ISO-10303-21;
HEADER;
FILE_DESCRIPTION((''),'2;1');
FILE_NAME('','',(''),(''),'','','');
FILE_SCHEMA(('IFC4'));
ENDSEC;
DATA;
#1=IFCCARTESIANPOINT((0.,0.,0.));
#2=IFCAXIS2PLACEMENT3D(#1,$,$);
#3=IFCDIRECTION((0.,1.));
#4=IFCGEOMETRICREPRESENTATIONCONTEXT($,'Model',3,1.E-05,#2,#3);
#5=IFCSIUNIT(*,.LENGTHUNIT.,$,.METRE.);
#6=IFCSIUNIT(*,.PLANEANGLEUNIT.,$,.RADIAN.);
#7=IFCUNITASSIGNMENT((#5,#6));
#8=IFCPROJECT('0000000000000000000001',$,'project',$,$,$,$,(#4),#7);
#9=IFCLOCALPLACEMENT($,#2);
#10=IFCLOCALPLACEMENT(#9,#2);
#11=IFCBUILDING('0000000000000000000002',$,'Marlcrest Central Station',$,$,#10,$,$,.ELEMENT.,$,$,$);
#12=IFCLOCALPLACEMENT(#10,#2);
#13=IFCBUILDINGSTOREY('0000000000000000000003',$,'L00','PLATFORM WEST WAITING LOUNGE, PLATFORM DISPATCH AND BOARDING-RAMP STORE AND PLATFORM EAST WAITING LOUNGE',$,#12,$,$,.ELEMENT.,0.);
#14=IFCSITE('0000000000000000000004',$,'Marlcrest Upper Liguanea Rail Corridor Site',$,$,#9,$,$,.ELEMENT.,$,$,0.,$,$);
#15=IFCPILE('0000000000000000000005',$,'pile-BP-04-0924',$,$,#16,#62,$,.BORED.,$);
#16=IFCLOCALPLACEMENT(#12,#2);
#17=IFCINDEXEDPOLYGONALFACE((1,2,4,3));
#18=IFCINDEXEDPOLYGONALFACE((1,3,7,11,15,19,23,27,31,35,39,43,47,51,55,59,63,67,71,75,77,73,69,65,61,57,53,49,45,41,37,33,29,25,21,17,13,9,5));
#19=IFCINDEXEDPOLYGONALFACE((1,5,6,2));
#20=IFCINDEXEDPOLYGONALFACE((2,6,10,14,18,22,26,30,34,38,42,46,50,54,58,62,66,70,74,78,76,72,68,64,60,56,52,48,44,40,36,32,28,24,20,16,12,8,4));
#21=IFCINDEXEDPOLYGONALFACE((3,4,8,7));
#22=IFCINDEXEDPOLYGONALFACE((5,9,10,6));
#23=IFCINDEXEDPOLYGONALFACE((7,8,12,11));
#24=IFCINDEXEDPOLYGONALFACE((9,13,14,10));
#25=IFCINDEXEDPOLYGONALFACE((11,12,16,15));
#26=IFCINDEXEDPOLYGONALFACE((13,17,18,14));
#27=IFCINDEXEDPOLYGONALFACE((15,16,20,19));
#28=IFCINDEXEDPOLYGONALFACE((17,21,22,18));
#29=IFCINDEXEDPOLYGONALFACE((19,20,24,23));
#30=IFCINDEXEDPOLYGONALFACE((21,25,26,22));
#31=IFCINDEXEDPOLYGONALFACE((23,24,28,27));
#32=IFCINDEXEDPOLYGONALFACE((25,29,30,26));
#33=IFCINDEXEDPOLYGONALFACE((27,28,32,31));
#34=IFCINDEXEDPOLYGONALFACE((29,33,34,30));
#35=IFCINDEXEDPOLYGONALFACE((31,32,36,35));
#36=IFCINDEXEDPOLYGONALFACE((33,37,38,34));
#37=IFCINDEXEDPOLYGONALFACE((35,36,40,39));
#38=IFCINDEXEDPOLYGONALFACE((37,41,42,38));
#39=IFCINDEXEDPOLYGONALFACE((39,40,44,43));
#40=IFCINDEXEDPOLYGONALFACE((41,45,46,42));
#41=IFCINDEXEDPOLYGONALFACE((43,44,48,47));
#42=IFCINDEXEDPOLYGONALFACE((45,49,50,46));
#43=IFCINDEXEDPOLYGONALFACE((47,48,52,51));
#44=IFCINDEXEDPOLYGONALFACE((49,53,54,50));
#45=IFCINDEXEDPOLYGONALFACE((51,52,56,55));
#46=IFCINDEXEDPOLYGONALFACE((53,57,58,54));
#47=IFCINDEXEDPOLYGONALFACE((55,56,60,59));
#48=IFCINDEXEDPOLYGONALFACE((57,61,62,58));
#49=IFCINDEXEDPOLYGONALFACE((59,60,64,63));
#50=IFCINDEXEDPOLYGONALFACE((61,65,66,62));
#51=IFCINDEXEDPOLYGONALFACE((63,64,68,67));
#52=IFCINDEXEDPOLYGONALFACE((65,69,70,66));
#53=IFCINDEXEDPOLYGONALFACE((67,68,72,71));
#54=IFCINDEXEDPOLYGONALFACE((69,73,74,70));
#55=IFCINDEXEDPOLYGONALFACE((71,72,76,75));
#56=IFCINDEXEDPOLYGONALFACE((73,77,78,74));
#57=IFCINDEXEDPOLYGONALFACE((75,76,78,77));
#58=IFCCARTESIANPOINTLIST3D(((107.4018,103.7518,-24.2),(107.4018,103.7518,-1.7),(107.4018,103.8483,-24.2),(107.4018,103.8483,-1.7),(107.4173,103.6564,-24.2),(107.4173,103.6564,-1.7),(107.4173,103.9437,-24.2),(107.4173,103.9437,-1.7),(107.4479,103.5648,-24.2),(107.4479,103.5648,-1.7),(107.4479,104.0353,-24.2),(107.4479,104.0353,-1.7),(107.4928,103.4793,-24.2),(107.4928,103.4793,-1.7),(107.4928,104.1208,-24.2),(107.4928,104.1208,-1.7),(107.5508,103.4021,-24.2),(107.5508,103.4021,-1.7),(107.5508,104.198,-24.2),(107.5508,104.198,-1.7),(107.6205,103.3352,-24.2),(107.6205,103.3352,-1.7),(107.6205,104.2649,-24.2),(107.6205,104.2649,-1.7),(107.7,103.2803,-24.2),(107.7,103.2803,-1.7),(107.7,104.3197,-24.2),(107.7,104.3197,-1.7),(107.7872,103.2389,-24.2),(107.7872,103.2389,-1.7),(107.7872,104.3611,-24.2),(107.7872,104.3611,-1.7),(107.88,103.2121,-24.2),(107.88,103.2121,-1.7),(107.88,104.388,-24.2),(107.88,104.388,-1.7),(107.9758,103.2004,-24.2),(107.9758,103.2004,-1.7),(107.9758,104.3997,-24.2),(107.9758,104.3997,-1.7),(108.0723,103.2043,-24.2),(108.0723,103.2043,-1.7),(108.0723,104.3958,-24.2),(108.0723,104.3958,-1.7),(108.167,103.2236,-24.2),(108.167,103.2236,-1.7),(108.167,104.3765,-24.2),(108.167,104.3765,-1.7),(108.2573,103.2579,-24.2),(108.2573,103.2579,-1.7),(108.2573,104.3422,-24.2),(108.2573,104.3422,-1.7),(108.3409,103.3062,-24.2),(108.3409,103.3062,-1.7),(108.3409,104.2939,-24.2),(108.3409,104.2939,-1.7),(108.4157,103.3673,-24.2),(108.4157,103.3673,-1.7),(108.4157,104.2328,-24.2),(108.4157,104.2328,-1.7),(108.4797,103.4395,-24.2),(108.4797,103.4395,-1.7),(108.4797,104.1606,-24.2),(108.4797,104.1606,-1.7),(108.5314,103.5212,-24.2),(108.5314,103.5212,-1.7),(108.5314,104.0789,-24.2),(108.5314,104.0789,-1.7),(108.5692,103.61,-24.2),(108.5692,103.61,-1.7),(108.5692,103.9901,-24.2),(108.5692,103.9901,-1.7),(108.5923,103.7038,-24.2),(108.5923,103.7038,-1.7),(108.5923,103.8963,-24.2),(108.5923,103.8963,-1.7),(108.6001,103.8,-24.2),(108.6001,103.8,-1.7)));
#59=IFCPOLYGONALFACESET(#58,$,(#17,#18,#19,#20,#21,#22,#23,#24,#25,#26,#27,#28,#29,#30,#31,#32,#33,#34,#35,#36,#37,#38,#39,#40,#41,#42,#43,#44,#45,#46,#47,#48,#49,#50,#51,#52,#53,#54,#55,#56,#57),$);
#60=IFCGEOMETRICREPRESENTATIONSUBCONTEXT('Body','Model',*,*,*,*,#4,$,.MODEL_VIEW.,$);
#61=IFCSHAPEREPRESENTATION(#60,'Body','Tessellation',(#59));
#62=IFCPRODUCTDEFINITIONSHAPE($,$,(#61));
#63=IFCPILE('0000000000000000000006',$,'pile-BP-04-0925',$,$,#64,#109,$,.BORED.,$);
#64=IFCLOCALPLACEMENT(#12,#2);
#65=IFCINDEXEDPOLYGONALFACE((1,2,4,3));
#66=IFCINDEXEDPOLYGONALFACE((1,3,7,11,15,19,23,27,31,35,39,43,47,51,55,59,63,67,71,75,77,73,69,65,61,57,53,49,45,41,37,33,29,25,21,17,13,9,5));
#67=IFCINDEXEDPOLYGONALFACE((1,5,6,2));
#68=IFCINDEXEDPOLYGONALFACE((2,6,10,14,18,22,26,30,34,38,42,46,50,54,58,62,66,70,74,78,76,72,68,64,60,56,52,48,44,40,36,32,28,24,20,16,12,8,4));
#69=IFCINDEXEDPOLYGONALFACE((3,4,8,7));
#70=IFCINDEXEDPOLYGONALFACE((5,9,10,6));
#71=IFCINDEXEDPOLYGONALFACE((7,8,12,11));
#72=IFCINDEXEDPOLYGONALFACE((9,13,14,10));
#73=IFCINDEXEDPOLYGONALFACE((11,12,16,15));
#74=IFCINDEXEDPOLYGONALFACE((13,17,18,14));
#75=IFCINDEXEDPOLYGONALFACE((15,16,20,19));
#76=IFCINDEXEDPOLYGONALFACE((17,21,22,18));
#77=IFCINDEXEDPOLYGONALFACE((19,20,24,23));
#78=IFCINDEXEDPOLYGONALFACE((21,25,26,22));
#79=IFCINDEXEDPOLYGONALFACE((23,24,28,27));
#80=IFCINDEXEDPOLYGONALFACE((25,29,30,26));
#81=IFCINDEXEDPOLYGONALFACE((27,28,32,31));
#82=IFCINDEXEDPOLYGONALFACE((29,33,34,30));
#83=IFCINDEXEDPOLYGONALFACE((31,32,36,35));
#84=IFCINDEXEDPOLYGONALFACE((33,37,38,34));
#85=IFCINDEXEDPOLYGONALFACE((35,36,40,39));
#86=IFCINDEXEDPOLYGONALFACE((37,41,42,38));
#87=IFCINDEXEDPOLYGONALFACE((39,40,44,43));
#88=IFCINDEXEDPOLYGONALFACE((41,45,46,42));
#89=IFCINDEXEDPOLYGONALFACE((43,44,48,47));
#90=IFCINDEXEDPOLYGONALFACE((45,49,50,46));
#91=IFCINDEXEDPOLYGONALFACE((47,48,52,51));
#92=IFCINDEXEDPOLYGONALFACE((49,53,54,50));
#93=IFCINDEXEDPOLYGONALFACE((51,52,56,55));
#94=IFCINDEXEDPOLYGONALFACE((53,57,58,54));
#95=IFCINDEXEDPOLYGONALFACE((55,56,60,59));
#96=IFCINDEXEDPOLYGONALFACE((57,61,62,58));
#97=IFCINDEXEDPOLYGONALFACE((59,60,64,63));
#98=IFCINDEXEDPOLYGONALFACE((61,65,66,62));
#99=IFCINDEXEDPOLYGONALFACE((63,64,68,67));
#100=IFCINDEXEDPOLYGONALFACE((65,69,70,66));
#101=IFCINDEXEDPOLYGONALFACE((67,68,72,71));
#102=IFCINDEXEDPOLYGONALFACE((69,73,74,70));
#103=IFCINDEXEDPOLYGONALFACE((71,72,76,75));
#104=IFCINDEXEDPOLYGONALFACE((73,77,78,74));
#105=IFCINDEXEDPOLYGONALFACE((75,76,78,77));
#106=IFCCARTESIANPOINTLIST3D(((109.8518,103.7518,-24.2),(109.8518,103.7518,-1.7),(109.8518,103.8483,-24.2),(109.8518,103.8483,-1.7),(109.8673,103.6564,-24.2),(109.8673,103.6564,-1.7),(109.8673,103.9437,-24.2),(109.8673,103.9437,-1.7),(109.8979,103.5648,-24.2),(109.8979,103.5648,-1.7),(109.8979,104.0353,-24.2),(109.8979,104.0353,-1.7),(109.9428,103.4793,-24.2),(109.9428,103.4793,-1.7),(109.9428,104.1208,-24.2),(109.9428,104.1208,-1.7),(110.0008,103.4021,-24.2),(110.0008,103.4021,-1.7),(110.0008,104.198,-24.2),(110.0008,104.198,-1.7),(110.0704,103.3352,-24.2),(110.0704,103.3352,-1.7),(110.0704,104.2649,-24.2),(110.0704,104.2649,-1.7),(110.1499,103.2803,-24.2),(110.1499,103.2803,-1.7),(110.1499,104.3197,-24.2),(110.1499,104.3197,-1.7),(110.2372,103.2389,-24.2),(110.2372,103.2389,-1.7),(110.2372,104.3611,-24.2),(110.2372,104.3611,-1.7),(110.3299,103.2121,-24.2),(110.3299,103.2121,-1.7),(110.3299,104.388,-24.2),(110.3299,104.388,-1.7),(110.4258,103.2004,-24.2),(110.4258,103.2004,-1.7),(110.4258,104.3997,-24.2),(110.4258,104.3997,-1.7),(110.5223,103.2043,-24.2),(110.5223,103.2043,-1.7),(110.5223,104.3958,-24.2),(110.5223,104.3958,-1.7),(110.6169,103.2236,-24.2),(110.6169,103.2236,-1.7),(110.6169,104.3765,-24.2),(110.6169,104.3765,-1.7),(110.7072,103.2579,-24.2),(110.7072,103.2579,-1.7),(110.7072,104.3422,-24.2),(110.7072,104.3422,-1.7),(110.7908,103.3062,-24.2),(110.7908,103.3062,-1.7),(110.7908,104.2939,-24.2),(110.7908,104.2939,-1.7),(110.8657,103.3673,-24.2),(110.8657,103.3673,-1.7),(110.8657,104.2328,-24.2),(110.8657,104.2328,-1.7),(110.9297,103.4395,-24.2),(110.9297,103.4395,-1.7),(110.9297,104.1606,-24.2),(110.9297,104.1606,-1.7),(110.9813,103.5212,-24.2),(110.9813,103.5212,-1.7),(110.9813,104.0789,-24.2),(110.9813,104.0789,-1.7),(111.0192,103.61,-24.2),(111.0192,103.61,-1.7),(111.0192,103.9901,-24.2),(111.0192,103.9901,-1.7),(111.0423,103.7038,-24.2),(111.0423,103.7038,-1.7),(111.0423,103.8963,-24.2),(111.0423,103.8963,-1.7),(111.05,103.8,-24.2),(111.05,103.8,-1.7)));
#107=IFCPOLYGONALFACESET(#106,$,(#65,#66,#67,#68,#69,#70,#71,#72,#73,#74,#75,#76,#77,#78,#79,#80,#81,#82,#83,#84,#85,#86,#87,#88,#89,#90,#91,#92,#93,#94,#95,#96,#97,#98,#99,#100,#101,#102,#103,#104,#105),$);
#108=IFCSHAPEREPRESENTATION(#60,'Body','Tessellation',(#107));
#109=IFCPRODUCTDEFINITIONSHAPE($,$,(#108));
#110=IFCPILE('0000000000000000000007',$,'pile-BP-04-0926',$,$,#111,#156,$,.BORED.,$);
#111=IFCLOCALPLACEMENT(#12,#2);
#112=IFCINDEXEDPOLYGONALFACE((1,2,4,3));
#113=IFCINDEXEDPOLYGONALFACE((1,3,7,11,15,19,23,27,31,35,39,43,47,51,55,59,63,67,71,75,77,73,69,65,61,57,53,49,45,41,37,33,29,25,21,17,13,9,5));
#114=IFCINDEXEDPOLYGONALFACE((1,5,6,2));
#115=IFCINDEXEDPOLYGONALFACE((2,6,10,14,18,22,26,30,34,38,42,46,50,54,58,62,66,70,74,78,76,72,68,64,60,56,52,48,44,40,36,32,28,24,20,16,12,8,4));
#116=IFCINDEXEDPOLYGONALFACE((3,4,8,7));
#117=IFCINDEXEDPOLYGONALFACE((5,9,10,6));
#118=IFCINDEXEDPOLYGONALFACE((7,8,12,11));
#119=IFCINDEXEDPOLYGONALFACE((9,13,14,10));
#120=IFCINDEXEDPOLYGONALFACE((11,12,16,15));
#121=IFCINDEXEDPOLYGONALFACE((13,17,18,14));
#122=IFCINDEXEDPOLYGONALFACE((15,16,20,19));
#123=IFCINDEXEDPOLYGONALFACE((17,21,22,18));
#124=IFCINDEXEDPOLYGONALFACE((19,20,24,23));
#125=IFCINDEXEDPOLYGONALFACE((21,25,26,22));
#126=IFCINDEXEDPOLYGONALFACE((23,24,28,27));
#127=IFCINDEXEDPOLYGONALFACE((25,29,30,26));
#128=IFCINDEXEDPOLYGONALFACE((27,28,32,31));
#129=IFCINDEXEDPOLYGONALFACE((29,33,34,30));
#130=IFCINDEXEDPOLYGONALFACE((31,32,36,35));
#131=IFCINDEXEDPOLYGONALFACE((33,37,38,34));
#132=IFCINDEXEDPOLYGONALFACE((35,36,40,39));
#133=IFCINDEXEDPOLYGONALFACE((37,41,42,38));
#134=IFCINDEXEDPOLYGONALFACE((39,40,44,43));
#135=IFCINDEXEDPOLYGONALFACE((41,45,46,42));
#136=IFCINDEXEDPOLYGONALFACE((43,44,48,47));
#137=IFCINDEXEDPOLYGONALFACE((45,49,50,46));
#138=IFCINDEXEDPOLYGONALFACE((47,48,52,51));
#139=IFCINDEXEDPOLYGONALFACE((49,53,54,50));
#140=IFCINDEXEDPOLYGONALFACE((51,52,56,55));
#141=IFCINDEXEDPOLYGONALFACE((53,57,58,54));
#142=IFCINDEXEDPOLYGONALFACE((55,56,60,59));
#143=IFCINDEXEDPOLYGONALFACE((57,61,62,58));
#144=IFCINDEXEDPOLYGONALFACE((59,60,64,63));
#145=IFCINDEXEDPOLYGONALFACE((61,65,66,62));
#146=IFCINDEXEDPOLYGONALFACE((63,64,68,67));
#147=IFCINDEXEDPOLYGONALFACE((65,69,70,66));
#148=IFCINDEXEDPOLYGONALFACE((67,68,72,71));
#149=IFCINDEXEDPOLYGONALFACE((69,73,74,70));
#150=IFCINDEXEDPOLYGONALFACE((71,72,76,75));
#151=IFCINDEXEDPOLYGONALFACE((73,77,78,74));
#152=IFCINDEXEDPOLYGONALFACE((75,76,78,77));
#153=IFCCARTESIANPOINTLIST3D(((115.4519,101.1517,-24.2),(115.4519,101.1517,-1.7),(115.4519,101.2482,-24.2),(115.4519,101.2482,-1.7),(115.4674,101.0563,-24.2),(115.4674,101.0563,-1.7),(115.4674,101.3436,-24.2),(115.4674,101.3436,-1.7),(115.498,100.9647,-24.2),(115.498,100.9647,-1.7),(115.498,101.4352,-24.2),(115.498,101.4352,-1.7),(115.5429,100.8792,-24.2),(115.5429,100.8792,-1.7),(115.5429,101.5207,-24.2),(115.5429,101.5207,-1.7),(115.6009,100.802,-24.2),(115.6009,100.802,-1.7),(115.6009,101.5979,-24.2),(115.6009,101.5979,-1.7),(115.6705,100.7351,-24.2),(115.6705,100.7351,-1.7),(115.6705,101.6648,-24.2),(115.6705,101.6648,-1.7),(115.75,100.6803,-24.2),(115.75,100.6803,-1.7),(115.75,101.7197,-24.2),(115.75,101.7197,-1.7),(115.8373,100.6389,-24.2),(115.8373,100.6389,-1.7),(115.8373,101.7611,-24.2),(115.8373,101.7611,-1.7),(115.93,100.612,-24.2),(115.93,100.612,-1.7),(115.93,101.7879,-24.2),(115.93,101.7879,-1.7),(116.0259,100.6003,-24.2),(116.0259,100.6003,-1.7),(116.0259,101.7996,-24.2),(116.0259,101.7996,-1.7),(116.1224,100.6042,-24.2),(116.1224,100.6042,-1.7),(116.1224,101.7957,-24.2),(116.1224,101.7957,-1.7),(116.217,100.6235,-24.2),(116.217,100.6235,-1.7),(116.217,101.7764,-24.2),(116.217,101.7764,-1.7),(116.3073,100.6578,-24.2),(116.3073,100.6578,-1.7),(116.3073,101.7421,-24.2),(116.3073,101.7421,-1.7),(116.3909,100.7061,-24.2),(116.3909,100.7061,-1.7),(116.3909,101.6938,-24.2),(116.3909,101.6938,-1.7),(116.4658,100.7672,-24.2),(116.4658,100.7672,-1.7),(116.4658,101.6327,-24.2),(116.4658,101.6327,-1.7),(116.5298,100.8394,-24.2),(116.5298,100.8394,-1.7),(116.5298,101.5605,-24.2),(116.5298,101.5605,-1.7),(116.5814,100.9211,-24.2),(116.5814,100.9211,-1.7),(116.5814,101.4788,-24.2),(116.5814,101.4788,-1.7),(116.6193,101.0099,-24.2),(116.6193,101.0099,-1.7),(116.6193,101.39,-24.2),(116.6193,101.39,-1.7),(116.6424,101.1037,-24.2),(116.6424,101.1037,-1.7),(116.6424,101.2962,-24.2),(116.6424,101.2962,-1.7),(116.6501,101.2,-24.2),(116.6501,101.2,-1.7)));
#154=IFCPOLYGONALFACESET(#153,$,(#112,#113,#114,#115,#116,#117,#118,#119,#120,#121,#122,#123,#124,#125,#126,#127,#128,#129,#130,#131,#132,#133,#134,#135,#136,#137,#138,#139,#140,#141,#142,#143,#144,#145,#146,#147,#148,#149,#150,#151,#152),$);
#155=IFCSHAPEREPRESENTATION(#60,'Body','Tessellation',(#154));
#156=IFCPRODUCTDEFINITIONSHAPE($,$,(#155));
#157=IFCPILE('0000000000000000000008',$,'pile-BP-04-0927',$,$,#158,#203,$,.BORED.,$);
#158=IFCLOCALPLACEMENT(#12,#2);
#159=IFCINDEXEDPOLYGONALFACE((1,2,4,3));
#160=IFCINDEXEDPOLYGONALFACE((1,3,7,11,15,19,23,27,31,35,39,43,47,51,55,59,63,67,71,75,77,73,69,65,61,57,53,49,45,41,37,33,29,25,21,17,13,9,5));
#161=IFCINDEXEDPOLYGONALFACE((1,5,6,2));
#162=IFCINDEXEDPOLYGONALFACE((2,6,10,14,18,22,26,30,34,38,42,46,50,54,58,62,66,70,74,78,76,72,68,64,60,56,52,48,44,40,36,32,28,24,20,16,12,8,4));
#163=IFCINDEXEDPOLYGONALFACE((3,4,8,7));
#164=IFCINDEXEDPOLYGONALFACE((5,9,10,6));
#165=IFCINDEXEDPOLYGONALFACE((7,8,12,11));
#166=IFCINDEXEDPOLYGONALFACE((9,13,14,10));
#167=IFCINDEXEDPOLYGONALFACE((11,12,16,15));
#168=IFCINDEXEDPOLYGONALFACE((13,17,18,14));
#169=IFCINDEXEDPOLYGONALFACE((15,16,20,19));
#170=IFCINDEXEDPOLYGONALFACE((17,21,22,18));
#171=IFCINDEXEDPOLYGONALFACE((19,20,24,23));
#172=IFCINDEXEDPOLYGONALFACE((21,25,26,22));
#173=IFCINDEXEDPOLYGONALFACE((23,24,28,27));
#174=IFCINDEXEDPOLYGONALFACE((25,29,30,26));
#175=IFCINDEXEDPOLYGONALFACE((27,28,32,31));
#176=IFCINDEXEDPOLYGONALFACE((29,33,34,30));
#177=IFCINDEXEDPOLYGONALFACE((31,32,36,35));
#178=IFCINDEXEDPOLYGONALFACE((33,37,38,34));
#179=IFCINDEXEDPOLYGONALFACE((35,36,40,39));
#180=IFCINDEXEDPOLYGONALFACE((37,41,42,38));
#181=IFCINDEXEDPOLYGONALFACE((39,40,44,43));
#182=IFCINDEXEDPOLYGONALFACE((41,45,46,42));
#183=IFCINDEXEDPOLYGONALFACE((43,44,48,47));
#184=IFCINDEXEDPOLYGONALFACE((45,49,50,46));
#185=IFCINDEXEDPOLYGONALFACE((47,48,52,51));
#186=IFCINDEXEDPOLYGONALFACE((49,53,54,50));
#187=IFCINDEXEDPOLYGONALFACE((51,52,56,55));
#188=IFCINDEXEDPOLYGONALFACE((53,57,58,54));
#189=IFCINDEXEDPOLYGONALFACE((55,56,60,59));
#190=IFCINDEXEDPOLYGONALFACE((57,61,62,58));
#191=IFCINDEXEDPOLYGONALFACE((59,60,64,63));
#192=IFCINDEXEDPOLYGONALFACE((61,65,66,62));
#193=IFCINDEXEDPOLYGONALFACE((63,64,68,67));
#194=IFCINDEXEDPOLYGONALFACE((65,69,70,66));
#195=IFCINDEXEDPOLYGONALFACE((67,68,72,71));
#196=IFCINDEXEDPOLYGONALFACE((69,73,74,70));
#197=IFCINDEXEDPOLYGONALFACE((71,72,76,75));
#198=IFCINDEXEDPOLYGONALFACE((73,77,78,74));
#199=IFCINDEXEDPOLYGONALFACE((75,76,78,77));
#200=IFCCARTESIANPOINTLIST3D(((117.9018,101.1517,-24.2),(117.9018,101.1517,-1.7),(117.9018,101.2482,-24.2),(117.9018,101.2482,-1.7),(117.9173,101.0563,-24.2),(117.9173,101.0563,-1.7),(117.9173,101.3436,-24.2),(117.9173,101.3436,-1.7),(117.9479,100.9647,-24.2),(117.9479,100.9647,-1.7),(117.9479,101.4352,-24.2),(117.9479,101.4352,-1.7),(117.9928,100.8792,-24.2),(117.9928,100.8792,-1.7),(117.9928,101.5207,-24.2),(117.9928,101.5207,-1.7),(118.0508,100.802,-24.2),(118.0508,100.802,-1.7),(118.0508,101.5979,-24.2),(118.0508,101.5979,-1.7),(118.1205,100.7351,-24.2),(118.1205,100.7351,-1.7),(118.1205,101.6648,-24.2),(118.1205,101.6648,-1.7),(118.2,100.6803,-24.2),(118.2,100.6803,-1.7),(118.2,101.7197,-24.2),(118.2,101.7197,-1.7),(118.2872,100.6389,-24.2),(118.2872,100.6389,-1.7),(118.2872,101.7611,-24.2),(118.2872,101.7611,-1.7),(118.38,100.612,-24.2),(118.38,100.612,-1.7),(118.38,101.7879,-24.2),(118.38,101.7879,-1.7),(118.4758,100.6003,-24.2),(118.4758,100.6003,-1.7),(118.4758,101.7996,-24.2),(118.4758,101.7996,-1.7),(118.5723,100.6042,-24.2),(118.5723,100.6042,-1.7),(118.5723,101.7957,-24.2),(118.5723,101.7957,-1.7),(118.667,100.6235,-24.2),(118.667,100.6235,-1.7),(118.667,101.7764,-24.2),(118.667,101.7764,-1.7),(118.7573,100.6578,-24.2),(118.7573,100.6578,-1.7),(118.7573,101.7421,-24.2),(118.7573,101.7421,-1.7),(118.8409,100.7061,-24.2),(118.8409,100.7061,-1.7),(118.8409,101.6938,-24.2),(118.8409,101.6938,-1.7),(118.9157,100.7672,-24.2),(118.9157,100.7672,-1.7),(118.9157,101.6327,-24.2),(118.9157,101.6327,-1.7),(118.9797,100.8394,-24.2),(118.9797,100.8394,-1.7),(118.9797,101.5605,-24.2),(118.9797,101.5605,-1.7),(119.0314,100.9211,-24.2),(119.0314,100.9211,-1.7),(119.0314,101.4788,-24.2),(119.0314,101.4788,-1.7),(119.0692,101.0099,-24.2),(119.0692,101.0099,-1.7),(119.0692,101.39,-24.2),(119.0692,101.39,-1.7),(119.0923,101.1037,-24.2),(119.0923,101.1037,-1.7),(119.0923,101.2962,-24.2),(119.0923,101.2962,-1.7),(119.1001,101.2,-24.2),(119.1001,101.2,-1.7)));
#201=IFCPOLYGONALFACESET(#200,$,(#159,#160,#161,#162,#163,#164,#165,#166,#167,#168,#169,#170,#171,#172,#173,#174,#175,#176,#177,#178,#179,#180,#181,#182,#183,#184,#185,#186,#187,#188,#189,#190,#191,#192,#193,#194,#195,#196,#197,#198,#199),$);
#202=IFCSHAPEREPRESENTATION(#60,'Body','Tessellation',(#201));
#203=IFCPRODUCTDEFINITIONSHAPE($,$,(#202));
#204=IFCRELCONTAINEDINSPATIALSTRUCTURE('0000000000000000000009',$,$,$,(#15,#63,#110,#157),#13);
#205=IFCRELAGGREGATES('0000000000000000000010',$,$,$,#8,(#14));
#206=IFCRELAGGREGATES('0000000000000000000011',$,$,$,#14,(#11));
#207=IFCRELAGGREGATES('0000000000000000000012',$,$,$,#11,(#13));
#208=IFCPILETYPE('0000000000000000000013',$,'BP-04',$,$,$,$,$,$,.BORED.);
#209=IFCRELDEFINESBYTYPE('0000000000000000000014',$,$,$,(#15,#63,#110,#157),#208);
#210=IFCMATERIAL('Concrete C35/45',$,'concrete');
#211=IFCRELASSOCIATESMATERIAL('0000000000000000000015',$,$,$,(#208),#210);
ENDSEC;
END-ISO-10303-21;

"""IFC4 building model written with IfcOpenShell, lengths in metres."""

from ifc_helpers import new_model, si_unit, direction, frame, origin, origin_2d, place, context, subcontext, project, spatial, circle, extrude, material, material_profile, profile_set, type_object, element, save


model = new_model("IFC4")

# Units and contexts
model_context = context("Model", 3, precision=1e-05, world=origin(), true_north=direction((0.0, 1.0)))
body_context = subcontext(model_context, "Body", "Model", "MODEL_VIEW")
ifc_project = project(units=[si_unit("LENGTHUNIT", "METRE"), si_unit("PLANEANGLEUNIT", "RADIAN")], contexts=[model_context])

# Site, building, storey
site_placement = place(None, origin())
site = spatial("IfcSite", under=ifc_project, at=site_placement, Name="Marlcrest Upper Liguanea Rail Corridor Site", CompositionType="ELEMENT", RefElevation=0.0)
building_placement = place(site_placement, origin())
building = spatial("IfcBuilding", under=site, at=building_placement, Name="Marlcrest Central Station", CompositionType="ELEMENT")
storey_placement = place(building_placement, origin())
storey = spatial("IfcBuildingStorey", under=building, at=storey_placement, Name="L00", Description="PLATFORM WEST WAITING LOUNGE, PLATFORM DISPATCH AND BOARDING-RAMP STORE AND PLATFORM EAST WAITING LOUNGE", CompositionType="ELEMENT", Elevation=0.0)

# Piles
ifc_material_1 = material(Name="Concrete C35/45", Category="concrete")
ifc_material_profile_1 = material_profile(ifc_material_1, circle(Radius=0.6001, at=origin_2d()), Name="PILE D1200")
ifc_profile_set_1 = profile_set([ifc_material_profile_1], Name="Concrete C35/45")
pile_type_1 = type_object("IfcPileType", Name="BP-04", PredefinedType="BORED", material=ifc_profile_set_1)
for number, where, z_axis, x_axis, name in (
    (1, (108.0, 103.8, -1.7), (0.0, 0.0, -1.0), (1.0, 0.0, 0.0), "pile-BP-04-0924"),
    (2, (110.45, 103.8, -1.7), (0.0, 0.0, -1.0), (1.0, 0.0, 0.0), "pile-BP-04-0925"),
    (3, (116.05, 101.2, -1.7), (0.0, 0.0, -1.0), (1.0, 0.0, 0.0), "pile-BP-04-0926"),
    (4, (118.5, 101.2, -1.7), (0.0, 0.0, -1.0), (1.0, 0.0, 0.0), "pile-BP-04-0927"),
):
    element("IfcPile", number, at=place(storey_placement, frame(where, z_axis=z_axis, x_axis=x_axis)), inside=storey, type_object=pile_type_1, Name=name, PredefinedType="BORED", context=body_context, shape_type="SweptSolid", body=[
        extrude(circle(Radius=0.6001, at=origin_2d()), origin(), (0.0, 0.0, 1.0), 22.5),
    ])

save(model, "model.ifc")
